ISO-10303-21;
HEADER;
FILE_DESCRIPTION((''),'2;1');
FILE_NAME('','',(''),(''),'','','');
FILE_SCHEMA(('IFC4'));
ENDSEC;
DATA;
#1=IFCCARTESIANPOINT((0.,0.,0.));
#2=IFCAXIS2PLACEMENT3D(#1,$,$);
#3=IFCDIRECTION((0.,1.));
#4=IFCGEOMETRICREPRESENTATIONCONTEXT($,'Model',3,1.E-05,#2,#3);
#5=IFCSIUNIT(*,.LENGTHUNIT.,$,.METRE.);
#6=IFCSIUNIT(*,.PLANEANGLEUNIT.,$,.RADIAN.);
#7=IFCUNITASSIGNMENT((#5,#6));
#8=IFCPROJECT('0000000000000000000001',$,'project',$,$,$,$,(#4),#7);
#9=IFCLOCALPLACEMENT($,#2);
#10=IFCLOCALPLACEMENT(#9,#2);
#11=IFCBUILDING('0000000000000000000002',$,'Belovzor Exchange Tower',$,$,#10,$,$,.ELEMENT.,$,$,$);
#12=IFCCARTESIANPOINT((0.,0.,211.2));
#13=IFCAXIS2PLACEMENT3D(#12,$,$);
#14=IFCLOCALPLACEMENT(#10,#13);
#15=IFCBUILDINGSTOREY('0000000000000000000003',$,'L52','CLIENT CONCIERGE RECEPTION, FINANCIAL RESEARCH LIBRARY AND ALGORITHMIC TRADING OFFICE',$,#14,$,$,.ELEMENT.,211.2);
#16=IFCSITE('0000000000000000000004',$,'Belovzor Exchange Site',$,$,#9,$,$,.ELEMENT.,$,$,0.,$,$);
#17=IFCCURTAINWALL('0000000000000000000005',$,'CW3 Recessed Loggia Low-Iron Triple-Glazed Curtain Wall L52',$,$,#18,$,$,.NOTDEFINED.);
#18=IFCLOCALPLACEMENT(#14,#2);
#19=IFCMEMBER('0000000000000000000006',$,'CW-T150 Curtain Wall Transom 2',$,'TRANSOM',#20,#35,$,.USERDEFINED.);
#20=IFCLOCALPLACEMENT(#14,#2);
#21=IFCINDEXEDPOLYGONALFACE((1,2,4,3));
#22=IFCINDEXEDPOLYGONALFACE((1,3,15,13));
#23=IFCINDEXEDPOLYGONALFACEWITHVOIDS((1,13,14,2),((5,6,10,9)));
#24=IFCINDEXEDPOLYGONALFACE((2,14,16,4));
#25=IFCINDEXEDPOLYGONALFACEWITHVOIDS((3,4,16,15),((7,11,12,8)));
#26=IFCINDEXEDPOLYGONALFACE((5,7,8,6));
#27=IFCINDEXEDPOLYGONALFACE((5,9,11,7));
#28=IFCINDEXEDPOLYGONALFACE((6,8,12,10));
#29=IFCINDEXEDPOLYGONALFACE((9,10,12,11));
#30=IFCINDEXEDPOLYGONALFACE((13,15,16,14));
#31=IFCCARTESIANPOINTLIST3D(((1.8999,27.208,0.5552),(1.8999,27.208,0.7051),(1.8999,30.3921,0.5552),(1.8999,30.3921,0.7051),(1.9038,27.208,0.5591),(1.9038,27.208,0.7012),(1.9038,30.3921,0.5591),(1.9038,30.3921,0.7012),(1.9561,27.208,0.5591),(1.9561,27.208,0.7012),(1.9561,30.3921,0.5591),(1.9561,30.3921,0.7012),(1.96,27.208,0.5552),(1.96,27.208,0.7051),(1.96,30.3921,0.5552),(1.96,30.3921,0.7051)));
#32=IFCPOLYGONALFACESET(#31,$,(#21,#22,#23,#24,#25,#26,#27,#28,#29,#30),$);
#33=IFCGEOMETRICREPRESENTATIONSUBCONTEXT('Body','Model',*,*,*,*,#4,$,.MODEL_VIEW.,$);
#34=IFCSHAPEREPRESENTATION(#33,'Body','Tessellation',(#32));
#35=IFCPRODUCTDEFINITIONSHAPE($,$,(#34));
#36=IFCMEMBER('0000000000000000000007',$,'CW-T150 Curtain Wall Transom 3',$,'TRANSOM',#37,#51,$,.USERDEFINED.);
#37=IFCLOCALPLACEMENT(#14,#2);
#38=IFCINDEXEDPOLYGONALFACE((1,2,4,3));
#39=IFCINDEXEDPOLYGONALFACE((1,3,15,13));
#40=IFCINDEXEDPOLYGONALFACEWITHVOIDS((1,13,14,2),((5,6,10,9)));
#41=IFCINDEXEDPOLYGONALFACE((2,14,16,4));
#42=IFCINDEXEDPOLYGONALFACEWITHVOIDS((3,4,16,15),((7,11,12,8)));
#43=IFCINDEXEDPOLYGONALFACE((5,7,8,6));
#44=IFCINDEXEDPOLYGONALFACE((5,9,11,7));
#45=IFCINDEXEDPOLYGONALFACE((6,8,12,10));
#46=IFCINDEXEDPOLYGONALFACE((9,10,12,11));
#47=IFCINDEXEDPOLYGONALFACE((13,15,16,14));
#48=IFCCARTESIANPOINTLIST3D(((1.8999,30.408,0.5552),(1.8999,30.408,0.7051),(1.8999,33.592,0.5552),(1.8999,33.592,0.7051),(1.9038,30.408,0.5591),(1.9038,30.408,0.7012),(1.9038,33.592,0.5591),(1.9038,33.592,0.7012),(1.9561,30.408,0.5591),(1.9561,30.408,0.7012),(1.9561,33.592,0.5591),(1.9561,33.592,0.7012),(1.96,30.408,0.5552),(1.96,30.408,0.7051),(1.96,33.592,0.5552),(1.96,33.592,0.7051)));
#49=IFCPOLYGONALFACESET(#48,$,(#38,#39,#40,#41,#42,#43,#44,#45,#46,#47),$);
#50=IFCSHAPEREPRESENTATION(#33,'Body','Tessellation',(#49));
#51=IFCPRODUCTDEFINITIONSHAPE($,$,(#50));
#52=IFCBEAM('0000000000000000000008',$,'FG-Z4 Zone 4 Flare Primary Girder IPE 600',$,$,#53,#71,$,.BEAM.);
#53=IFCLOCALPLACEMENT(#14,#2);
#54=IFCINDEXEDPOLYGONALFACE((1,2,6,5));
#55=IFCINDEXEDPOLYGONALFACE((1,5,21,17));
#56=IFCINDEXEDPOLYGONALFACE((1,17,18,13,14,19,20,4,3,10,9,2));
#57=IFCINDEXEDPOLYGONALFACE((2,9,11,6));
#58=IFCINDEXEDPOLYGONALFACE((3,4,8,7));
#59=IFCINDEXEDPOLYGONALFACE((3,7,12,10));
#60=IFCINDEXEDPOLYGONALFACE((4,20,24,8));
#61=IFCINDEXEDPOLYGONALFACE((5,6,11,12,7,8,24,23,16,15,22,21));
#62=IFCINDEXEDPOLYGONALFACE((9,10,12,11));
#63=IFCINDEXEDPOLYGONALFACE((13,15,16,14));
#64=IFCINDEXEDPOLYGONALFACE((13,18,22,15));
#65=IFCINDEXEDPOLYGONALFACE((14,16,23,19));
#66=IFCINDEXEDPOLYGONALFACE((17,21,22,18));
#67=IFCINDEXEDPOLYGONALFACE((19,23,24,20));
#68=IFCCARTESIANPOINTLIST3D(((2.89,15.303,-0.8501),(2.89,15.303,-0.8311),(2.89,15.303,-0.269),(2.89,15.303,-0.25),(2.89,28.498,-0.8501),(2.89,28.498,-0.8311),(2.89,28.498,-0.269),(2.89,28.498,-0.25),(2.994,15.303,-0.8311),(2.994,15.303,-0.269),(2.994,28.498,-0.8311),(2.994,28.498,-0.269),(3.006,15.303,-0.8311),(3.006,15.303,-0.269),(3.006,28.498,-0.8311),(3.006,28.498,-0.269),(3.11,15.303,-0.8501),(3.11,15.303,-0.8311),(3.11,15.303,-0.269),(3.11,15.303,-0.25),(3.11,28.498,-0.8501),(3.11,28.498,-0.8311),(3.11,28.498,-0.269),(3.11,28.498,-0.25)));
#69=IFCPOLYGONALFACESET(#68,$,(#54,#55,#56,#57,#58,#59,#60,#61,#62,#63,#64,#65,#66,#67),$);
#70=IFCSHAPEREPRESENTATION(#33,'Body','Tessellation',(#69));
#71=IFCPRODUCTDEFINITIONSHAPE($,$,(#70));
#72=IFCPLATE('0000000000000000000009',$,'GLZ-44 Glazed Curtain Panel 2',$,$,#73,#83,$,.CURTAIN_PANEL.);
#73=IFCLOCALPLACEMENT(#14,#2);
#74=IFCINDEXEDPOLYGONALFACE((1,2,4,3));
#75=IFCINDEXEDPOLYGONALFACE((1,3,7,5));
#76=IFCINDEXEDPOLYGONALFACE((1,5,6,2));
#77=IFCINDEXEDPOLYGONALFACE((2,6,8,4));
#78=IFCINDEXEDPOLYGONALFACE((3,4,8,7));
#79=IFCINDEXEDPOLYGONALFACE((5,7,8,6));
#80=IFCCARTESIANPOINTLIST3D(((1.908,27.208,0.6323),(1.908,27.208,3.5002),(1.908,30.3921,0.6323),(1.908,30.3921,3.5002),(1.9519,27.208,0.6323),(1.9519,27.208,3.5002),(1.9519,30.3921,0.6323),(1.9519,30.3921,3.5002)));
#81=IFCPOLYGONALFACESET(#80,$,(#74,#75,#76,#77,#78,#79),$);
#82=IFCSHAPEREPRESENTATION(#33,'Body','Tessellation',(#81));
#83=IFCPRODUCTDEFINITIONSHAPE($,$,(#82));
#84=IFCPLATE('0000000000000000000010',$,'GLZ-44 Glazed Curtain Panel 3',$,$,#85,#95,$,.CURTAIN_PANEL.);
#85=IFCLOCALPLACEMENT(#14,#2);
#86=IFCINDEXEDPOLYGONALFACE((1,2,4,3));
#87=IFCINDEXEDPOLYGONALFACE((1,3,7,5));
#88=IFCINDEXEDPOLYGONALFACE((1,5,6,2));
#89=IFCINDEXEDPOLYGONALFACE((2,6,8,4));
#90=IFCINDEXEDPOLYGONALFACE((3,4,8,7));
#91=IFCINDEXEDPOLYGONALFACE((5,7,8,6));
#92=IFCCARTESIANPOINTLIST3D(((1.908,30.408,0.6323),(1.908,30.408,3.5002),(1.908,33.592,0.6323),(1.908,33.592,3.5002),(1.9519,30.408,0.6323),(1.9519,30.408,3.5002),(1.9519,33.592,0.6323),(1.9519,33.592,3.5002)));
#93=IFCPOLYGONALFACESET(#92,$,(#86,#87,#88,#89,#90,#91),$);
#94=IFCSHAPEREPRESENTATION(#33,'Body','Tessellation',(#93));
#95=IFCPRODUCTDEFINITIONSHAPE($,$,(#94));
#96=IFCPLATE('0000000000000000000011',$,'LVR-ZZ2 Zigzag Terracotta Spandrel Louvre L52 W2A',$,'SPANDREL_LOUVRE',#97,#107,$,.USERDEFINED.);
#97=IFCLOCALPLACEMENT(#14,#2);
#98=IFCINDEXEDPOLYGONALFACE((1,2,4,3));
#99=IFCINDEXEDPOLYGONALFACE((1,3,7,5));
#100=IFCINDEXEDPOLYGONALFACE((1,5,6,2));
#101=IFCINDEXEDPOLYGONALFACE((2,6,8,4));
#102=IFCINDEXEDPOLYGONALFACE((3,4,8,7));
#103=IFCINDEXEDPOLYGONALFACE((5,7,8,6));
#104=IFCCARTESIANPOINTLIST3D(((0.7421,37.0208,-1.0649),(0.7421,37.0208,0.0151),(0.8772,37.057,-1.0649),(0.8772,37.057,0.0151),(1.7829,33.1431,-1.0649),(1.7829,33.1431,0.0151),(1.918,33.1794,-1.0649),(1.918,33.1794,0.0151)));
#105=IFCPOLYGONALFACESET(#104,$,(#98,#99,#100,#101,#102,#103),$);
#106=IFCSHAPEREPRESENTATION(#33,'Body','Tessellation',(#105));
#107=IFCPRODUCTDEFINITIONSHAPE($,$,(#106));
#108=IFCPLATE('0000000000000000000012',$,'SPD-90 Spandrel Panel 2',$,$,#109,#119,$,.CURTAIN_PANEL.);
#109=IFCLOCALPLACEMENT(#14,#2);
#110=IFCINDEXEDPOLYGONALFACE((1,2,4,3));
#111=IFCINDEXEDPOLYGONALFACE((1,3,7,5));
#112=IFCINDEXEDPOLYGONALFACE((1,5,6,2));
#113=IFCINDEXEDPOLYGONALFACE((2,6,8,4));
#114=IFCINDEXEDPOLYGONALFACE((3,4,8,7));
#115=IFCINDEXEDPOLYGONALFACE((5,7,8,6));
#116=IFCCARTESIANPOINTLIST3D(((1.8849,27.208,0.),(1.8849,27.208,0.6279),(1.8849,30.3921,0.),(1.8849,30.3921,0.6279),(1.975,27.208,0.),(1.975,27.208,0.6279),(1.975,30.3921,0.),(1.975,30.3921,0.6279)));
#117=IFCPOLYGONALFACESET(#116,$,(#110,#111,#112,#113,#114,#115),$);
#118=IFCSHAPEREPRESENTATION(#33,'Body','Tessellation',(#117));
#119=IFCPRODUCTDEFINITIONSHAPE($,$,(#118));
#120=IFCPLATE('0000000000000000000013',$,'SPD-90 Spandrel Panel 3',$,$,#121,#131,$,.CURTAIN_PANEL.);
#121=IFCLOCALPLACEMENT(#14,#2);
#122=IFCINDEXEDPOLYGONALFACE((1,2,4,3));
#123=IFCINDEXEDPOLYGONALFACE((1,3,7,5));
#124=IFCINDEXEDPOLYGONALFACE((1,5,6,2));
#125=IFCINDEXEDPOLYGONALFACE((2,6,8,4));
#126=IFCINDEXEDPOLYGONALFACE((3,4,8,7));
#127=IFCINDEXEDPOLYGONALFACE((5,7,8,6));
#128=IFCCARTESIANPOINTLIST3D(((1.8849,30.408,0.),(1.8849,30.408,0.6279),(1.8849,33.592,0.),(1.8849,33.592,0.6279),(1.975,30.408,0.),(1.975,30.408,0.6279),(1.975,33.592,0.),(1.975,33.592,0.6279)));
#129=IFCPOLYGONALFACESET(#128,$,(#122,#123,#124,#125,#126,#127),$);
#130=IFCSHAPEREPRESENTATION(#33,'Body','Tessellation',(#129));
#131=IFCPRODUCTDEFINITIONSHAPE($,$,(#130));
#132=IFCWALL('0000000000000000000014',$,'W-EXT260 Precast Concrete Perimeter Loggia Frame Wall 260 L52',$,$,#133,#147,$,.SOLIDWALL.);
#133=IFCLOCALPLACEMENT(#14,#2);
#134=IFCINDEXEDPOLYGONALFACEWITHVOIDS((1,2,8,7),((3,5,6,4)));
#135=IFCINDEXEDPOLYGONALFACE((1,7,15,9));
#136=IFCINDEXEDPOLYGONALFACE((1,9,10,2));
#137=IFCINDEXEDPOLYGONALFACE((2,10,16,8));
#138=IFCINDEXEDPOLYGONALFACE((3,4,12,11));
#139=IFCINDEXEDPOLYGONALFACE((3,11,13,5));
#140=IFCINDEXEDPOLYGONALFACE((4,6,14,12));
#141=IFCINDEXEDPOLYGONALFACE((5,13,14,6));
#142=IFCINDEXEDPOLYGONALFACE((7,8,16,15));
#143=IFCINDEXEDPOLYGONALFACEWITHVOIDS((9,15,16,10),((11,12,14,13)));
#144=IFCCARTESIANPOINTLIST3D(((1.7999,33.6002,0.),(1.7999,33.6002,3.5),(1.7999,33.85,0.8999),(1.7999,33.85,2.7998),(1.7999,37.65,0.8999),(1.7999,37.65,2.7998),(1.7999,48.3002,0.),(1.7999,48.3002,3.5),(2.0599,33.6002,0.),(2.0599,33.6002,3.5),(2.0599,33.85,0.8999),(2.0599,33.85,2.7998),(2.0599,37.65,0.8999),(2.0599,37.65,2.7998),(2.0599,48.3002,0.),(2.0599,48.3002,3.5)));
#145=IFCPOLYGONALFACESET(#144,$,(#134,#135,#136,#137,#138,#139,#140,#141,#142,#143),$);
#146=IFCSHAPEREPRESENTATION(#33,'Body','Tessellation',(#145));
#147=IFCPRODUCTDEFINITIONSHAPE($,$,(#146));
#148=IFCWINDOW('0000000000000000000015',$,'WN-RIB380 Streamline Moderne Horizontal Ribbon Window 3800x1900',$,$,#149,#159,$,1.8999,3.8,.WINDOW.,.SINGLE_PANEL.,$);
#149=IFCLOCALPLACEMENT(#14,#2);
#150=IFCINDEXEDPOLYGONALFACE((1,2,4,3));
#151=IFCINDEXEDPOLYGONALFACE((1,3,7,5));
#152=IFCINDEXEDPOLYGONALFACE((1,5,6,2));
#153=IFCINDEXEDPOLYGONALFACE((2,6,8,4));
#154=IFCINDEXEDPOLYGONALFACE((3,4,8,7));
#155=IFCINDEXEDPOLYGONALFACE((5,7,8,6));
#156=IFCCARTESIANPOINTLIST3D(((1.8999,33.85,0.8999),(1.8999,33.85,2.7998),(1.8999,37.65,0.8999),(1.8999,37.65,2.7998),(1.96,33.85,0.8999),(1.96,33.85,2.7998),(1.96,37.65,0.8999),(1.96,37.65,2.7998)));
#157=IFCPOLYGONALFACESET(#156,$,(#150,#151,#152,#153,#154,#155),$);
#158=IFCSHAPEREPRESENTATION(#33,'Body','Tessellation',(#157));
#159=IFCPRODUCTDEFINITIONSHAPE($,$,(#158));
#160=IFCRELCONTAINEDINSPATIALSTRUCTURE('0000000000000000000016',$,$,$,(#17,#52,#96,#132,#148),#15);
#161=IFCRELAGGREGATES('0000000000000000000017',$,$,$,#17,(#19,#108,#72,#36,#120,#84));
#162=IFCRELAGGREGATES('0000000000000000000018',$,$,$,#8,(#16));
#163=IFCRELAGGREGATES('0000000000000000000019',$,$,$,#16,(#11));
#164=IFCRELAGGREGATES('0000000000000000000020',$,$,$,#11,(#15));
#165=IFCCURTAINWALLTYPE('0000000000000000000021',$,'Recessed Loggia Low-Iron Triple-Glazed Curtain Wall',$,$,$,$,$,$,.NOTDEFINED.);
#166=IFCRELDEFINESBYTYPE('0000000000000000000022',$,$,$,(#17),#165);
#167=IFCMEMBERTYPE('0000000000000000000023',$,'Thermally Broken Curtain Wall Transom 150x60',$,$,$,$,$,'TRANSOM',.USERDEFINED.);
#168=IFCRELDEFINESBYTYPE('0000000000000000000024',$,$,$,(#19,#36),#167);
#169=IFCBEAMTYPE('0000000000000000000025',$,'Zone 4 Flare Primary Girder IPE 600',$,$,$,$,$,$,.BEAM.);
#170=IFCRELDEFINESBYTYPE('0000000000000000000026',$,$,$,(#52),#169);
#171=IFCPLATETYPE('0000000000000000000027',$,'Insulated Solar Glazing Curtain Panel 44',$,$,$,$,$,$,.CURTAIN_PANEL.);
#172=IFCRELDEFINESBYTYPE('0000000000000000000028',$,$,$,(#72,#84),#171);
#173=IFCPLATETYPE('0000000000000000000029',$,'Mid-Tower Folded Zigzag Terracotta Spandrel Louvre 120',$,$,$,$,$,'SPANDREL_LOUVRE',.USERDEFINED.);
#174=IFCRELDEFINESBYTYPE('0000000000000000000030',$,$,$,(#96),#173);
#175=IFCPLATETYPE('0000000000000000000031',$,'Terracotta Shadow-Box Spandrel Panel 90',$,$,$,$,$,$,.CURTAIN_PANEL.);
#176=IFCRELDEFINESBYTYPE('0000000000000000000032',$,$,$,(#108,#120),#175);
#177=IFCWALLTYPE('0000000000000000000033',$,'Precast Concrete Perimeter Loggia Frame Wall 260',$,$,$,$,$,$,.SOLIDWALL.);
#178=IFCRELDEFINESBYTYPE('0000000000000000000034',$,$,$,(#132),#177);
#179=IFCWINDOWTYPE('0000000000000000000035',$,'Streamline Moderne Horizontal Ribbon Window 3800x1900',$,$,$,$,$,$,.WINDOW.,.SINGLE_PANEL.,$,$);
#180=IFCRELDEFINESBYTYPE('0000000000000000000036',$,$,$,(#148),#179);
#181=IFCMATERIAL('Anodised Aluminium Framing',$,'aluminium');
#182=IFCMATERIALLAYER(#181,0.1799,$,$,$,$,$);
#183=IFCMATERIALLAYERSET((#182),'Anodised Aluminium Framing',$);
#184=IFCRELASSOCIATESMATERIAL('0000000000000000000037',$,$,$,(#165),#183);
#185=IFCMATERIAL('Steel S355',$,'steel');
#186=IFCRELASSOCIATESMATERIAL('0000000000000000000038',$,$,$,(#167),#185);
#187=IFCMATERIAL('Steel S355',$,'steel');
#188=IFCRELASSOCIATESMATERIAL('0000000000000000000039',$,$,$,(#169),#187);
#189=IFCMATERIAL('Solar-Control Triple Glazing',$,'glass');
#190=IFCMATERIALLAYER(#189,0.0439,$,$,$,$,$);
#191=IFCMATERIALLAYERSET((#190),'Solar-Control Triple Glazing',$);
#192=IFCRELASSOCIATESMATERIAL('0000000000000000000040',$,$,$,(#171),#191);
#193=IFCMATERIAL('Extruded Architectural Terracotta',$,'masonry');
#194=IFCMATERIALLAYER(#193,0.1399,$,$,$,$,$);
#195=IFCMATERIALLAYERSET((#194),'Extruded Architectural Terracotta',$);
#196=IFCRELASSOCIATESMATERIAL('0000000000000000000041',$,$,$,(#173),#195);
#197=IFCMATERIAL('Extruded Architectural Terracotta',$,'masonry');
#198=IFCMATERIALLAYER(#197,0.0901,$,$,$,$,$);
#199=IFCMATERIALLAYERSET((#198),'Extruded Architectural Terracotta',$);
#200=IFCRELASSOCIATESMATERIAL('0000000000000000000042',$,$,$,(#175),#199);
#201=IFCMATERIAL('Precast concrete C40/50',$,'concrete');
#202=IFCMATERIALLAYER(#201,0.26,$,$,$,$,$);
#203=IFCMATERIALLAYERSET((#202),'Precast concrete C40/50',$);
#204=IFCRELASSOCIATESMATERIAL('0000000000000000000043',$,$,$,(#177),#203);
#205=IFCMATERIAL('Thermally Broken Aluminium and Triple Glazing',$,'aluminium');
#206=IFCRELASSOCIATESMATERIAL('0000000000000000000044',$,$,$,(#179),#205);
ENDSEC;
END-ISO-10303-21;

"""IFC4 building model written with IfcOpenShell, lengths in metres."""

from ifc_helpers import new_model, si_unit, direction, frame, frame_2d, origin, origin_2d, place, context, subcontext, project, spatial, rectangle, hollow_rectangle, i_section, extrude, material, layer, layer_set, material_profile, profile_set, type_object, element, fill, aggregate, save


model = new_model("IFC4")

# Units and contexts
model_context = context("Model", 3, precision=1e-05, world=origin(), true_north=direction((0.0, 1.0)))
body_context = subcontext(model_context, "Body", "Model", "MODEL_VIEW")
ifc_project = project(units=[si_unit("LENGTHUNIT", "METRE"), si_unit("PLANEANGLEUNIT", "RADIAN")], contexts=[model_context])

# Site, building, storey
site_placement = place(None, origin())
site = spatial("IfcSite", under=ifc_project, at=site_placement, Name="Belovzor Exchange Site", CompositionType="ELEMENT", RefElevation=0.0)
building_placement = place(site_placement, origin())
building = spatial("IfcBuilding", under=site, at=building_placement, Name="Belovzor Exchange Tower", CompositionType="ELEMENT")
storey_placement = place(building_placement, frame((0.0, 0.0, 211.2)))
storey = spatial("IfcBuildingStorey", under=building, at=storey_placement, Name="L52", Description="CLIENT CONCIERGE RECEPTION, FINANCIAL RESEARCH LIBRARY AND ALGORITHMIC TRADING OFFICE", CompositionType="ELEMENT", Elevation=211.2)

# Curtain wall, members
ifc_material_1 = material(Name="Anodised Aluminium Framing", Category="aluminium")
ifc_layer_1 = layer(ifc_material_1, 0.1799)
ifc_layer_set_1 = layer_set([ifc_layer_1], Name="Anodised Aluminium Framing")
curtain_wall_type = type_object("IfcCurtainWallType", Name="Recessed Loggia Low-Iron Triple-Glazed Curtain Wall", PredefinedType="NOTDEFINED", material=ifc_layer_set_1)
curtain_wall_placement = place(storey_placement, origin())
curtain_wall = element("IfcCurtainWall", 1, at=curtain_wall_placement, inside=storey, type_object=curtain_wall_type, Name="CW3 Recessed Loggia Low-Iron Triple-Glazed Curtain Wall L52", PredefinedType="NOTDEFINED")
ifc_material_2 = material(Name="Steel S355", Category="steel")
ifc_material_profile_1 = material_profile(ifc_material_2, hollow_rectangle(XDim=0.0601, YDim=0.1499, WallThickness=0.0039, at=origin_2d()))
ifc_profile_set_1 = profile_set([ifc_material_profile_1], Name="Steel S355")
member_type_1 = type_object("IfcMemberType", Name="Thermally Broken Curtain Wall Transom 150x60", ElementType="TRANSOM", PredefinedType="USERDEFINED", material=ifc_profile_set_1)
member_1_placement = place(storey_placement, frame((1.9299, 27.208, 0.6301), z_axis=(0.0, 1.0, 0.0), x_axis=(-1.0, 0.0, 0.0)))
member_1 = element("IfcMember", 2, at=member_1_placement, type_object=member_type_1, Name="CW-T150 Curtain Wall Transom 2", ObjectType="TRANSOM", PredefinedType="USERDEFINED", context=body_context, shape_type="SweptSolid", body=[
    extrude(hollow_rectangle(XDim=0.0601, YDim=0.1499, WallThickness=0.0039, at=origin_2d()), origin(), (0.0, 0.0, 1.0), 3.1841),
])
member_2_placement = place(storey_placement, frame((1.9299, 30.408, 0.6301), z_axis=(0.0, 1.0, 0.0), x_axis=(-1.0, 0.0, 0.0)))
member_2 = element("IfcMember", 3, at=member_2_placement, type_object=member_type_1, Name="CW-T150 Curtain Wall Transom 3", ObjectType="TRANSOM", PredefinedType="USERDEFINED", context=body_context, shape_type="SweptSolid", body=[
    extrude(hollow_rectangle(XDim=0.0601, YDim=0.1499, WallThickness=0.0039, at=origin_2d()), origin(), (0.0, 0.0, 1.0), 3.1841),
])

# Beam
ifc_material_3 = material(Name="Steel S355", Category="steel")
ifc_material_profile_2 = material_profile(ifc_material_3, i_section(OverallWidth=0.22, OverallDepth=0.6001, WebThickness=0.012, FlangeThickness=0.019, at=origin_2d()))
ifc_profile_set_2 = profile_set([ifc_material_profile_2], Name="Steel S355")
beam_type_1 = type_object("IfcBeamType", Name="Zone 4 Flare Primary Girder IPE 600", PredefinedType="BEAM", material=ifc_profile_set_2)
beam_1_placement = place(storey_placement, frame((3.0, 28.498, -0.55), z_axis=(0.0, -1.0, 0.0), x_axis=(1.0, 0.0, 0.0)))
element("IfcBeam", 4, at=beam_1_placement, inside=storey, type_object=beam_type_1, Name="FG-Z4 Zone 4 Flare Primary Girder IPE 600", PredefinedType="BEAM", context=body_context, shape_type="SweptSolid", body=[
    extrude(i_section(OverallWidth=0.22, OverallDepth=0.6001, WebThickness=0.012, FlangeThickness=0.019, at=origin_2d()), origin(), (0.0, 0.0, 1.0), 13.1951),
])

# Plates
ifc_material_4 = material(Name="Solar-Control Triple Glazing", Category="glass")
ifc_layer_2 = layer(ifc_material_4, 0.0439)
ifc_layer_set_2 = layer_set([ifc_layer_2], Name="Solar-Control Triple Glazing")
plate_type_1 = type_object("IfcPlateType", Name="Insulated Solar Glazing Curtain Panel 44", PredefinedType="CURTAIN_PANEL", material=ifc_layer_set_2)
plate_1_placement = place(storey_placement, frame((1.9299, 28.8, 0.6323), z_axis=(0.0, 0.0, 1.0), x_axis=(0.0, 1.0, 0.0)))
plate_1 = element("IfcPlate", 5, at=plate_1_placement, type_object=plate_type_1, Name="GLZ-44 Glazed Curtain Panel 2", PredefinedType="CURTAIN_PANEL", context=body_context, shape_type="SweptSolid", body=[
    extrude(rectangle(XDim=3.1841, YDim=0.0439, at=origin_2d()), origin(), (0.0, 0.0, 1.0), 2.8679),
])
plate_2_placement = place(storey_placement, frame((1.9299, 32.0, 0.6323), z_axis=(0.0, 0.0, 1.0), x_axis=(0.0, 1.0, 0.0)))
plate_2 = element("IfcPlate", 6, at=plate_2_placement, type_object=plate_type_1, Name="GLZ-44 Glazed Curtain Panel 3", PredefinedType="CURTAIN_PANEL", context=body_context, shape_type="SweptSolid", body=[
    extrude(rectangle(XDim=3.1841, YDim=0.0439, at=origin_2d()), origin(), (0.0, 0.0, 1.0), 2.8679),
])
ifc_material_5 = material(Name="Extruded Architectural Terracotta", Category="masonry")
ifc_layer_3 = layer(ifc_material_5, 0.1399)
ifc_layer_set_3 = layer_set([ifc_layer_3], Name="Extruded Architectural Terracotta")
plate_type_2 = type_object("IfcPlateType", Name="Mid-Tower Folded Zigzag Terracotta Spandrel Louvre 120", ElementType="SPANDREL_LOUVRE", PredefinedType="USERDEFINED", material=ifc_layer_set_3)
plate_3_placement = place(storey_placement, frame((1.3301, 35.1001, -1.0649), z_axis=(0.0, 0.0, 1.0), x_axis=(-0.25924, 0.965813, 0.0)))
element("IfcPlate", 7, at=plate_3_placement, inside=storey, type_object=plate_type_2, Name="LVR-ZZ2 Zigzag Terracotta Spandrel Louvre L52 W2A", ObjectType="SPANDREL_LOUVRE", PredefinedType="USERDEFINED", context=body_context, shape_type="SweptSolid", body=[
    extrude(rectangle(XDim=4.0149, YDim=0.1399, at=origin_2d()), origin(), (0.0, 0.0, 1.0), 1.0801),
])
ifc_material_6 = material(Name="Extruded Architectural Terracotta", Category="masonry")
ifc_layer_4 = layer(ifc_material_6, 0.0901)
ifc_layer_set_4 = layer_set([ifc_layer_4], Name="Extruded Architectural Terracotta")
plate_type_3 = type_object("IfcPlateType", Name="Terracotta Shadow-Box Spandrel Panel 90", PredefinedType="CURTAIN_PANEL", material=ifc_layer_set_4)
plate_4_placement = place(storey_placement, frame((1.9299, 28.8, 0.0), z_axis=(0.0, 0.0, 1.0), x_axis=(0.0, 1.0, 0.0)))
plate_4 = element("IfcPlate", 8, at=plate_4_placement, type_object=plate_type_3, Name="SPD-90 Spandrel Panel 2", PredefinedType="CURTAIN_PANEL", context=body_context, shape_type="SweptSolid", body=[
    extrude(rectangle(XDim=3.1841, YDim=0.0901, at=origin_2d()), origin(), (0.0, 0.0, 1.0), 0.6279),
])
plate_5_placement = place(storey_placement, frame((1.9299, 32.0, 0.0), z_axis=(0.0, 0.0, 1.0), x_axis=(0.0, 1.0, 0.0)))
plate_5 = element("IfcPlate", 9, at=plate_5_placement, type_object=plate_type_3, Name="SPD-90 Spandrel Panel 3", PredefinedType="CURTAIN_PANEL", context=body_context, shape_type="SweptSolid", body=[
    extrude(rectangle(XDim=3.1841, YDim=0.0901, at=origin_2d()), origin(), (0.0, 0.0, 1.0), 0.6279),
])
aggregate(curtain_wall, [member_1, plate_4, plate_1, member_2, plate_5, plate_2])

# Wall, opening, window
ifc_material_7 = material(Name="Precast concrete C40/50", Category="concrete")
ifc_layer_5 = layer(ifc_material_7, 0.26)
ifc_layer_set_5 = layer_set([ifc_layer_5], Name="Precast concrete C40/50")
wall_type = type_object("IfcWallType", Name="Precast Concrete Perimeter Loggia Frame Wall 260", PredefinedType="SOLIDWALL", material=ifc_layer_set_5)
wall_placement = place(storey_placement, frame((1.9299, 33.6001, 0.0), z_axis=(0.0, 0.0, 1.0), x_axis=(0.0, 1.0, 0.0)))
wall = element("IfcWall", 10, at=wall_placement, inside=storey, type_object=wall_type, Name="W-EXT260 Precast Concrete Perimeter Loggia Frame Wall 260 L52", PredefinedType="SOLIDWALL", context=body_context, shape_type="SweptSolid", body=[
    extrude(rectangle(XDim=14.7, YDim=0.26, at=frame_2d((7.3501, 0.0))), origin(), (0.0, 0.0, 1.0), 3.5),
])
opening_placement = place(wall_placement, frame((0.25, 0.0, 0.8999)))
opening = element("IfcOpeningElement", 11, at=opening_placement, cuts=wall, PredefinedType="OPENING", context=body_context, shape_type="SweptSolid", body=[
    extrude(rectangle(XDim=3.8, YDim=1.8999, at=frame_2d((1.8999, 0.95))), frame((0.0, 0.1399, 0.0), z_axis=(0.0, -1.0, 0.0), x_axis=(1.0, 0.0, 0.0)), (0.0, 0.0, 1.0), 0.28),
])
ifc_material_8 = material(Name="Thermally Broken Aluminium and Triple Glazing", Category="aluminium")
window_type = type_object("IfcWindowType", Name="Streamline Moderne Horizontal Ribbon Window 3800x1900", PartitioningType="SINGLE_PANEL", PredefinedType="WINDOW", material=ifc_material_8)
window_placement = place(opening_placement, origin())
window = element("IfcWindow", 12, at=window_placement, inside=storey, type_object=window_type, Name="WN-RIB380 Streamline Moderne Horizontal Ribbon Window 3800x1900", OverallHeight=1.8999, OverallWidth=3.8, PartitioningType="SINGLE_PANEL", PredefinedType="WINDOW", context=body_context, shape_type="SweptSolid", body=[
    extrude(rectangle(XDim=3.8, YDim=1.8999, at=frame_2d((1.8999, 0.95))), frame((0.0, 0.03, 0.0), z_axis=(0.0, -1.0, 0.0), x_axis=(1.0, 0.0, 0.0)), (0.0, 0.0, 1.0), 0.0601),
])
fill(opening, window)

save(model, "model.ifc")
